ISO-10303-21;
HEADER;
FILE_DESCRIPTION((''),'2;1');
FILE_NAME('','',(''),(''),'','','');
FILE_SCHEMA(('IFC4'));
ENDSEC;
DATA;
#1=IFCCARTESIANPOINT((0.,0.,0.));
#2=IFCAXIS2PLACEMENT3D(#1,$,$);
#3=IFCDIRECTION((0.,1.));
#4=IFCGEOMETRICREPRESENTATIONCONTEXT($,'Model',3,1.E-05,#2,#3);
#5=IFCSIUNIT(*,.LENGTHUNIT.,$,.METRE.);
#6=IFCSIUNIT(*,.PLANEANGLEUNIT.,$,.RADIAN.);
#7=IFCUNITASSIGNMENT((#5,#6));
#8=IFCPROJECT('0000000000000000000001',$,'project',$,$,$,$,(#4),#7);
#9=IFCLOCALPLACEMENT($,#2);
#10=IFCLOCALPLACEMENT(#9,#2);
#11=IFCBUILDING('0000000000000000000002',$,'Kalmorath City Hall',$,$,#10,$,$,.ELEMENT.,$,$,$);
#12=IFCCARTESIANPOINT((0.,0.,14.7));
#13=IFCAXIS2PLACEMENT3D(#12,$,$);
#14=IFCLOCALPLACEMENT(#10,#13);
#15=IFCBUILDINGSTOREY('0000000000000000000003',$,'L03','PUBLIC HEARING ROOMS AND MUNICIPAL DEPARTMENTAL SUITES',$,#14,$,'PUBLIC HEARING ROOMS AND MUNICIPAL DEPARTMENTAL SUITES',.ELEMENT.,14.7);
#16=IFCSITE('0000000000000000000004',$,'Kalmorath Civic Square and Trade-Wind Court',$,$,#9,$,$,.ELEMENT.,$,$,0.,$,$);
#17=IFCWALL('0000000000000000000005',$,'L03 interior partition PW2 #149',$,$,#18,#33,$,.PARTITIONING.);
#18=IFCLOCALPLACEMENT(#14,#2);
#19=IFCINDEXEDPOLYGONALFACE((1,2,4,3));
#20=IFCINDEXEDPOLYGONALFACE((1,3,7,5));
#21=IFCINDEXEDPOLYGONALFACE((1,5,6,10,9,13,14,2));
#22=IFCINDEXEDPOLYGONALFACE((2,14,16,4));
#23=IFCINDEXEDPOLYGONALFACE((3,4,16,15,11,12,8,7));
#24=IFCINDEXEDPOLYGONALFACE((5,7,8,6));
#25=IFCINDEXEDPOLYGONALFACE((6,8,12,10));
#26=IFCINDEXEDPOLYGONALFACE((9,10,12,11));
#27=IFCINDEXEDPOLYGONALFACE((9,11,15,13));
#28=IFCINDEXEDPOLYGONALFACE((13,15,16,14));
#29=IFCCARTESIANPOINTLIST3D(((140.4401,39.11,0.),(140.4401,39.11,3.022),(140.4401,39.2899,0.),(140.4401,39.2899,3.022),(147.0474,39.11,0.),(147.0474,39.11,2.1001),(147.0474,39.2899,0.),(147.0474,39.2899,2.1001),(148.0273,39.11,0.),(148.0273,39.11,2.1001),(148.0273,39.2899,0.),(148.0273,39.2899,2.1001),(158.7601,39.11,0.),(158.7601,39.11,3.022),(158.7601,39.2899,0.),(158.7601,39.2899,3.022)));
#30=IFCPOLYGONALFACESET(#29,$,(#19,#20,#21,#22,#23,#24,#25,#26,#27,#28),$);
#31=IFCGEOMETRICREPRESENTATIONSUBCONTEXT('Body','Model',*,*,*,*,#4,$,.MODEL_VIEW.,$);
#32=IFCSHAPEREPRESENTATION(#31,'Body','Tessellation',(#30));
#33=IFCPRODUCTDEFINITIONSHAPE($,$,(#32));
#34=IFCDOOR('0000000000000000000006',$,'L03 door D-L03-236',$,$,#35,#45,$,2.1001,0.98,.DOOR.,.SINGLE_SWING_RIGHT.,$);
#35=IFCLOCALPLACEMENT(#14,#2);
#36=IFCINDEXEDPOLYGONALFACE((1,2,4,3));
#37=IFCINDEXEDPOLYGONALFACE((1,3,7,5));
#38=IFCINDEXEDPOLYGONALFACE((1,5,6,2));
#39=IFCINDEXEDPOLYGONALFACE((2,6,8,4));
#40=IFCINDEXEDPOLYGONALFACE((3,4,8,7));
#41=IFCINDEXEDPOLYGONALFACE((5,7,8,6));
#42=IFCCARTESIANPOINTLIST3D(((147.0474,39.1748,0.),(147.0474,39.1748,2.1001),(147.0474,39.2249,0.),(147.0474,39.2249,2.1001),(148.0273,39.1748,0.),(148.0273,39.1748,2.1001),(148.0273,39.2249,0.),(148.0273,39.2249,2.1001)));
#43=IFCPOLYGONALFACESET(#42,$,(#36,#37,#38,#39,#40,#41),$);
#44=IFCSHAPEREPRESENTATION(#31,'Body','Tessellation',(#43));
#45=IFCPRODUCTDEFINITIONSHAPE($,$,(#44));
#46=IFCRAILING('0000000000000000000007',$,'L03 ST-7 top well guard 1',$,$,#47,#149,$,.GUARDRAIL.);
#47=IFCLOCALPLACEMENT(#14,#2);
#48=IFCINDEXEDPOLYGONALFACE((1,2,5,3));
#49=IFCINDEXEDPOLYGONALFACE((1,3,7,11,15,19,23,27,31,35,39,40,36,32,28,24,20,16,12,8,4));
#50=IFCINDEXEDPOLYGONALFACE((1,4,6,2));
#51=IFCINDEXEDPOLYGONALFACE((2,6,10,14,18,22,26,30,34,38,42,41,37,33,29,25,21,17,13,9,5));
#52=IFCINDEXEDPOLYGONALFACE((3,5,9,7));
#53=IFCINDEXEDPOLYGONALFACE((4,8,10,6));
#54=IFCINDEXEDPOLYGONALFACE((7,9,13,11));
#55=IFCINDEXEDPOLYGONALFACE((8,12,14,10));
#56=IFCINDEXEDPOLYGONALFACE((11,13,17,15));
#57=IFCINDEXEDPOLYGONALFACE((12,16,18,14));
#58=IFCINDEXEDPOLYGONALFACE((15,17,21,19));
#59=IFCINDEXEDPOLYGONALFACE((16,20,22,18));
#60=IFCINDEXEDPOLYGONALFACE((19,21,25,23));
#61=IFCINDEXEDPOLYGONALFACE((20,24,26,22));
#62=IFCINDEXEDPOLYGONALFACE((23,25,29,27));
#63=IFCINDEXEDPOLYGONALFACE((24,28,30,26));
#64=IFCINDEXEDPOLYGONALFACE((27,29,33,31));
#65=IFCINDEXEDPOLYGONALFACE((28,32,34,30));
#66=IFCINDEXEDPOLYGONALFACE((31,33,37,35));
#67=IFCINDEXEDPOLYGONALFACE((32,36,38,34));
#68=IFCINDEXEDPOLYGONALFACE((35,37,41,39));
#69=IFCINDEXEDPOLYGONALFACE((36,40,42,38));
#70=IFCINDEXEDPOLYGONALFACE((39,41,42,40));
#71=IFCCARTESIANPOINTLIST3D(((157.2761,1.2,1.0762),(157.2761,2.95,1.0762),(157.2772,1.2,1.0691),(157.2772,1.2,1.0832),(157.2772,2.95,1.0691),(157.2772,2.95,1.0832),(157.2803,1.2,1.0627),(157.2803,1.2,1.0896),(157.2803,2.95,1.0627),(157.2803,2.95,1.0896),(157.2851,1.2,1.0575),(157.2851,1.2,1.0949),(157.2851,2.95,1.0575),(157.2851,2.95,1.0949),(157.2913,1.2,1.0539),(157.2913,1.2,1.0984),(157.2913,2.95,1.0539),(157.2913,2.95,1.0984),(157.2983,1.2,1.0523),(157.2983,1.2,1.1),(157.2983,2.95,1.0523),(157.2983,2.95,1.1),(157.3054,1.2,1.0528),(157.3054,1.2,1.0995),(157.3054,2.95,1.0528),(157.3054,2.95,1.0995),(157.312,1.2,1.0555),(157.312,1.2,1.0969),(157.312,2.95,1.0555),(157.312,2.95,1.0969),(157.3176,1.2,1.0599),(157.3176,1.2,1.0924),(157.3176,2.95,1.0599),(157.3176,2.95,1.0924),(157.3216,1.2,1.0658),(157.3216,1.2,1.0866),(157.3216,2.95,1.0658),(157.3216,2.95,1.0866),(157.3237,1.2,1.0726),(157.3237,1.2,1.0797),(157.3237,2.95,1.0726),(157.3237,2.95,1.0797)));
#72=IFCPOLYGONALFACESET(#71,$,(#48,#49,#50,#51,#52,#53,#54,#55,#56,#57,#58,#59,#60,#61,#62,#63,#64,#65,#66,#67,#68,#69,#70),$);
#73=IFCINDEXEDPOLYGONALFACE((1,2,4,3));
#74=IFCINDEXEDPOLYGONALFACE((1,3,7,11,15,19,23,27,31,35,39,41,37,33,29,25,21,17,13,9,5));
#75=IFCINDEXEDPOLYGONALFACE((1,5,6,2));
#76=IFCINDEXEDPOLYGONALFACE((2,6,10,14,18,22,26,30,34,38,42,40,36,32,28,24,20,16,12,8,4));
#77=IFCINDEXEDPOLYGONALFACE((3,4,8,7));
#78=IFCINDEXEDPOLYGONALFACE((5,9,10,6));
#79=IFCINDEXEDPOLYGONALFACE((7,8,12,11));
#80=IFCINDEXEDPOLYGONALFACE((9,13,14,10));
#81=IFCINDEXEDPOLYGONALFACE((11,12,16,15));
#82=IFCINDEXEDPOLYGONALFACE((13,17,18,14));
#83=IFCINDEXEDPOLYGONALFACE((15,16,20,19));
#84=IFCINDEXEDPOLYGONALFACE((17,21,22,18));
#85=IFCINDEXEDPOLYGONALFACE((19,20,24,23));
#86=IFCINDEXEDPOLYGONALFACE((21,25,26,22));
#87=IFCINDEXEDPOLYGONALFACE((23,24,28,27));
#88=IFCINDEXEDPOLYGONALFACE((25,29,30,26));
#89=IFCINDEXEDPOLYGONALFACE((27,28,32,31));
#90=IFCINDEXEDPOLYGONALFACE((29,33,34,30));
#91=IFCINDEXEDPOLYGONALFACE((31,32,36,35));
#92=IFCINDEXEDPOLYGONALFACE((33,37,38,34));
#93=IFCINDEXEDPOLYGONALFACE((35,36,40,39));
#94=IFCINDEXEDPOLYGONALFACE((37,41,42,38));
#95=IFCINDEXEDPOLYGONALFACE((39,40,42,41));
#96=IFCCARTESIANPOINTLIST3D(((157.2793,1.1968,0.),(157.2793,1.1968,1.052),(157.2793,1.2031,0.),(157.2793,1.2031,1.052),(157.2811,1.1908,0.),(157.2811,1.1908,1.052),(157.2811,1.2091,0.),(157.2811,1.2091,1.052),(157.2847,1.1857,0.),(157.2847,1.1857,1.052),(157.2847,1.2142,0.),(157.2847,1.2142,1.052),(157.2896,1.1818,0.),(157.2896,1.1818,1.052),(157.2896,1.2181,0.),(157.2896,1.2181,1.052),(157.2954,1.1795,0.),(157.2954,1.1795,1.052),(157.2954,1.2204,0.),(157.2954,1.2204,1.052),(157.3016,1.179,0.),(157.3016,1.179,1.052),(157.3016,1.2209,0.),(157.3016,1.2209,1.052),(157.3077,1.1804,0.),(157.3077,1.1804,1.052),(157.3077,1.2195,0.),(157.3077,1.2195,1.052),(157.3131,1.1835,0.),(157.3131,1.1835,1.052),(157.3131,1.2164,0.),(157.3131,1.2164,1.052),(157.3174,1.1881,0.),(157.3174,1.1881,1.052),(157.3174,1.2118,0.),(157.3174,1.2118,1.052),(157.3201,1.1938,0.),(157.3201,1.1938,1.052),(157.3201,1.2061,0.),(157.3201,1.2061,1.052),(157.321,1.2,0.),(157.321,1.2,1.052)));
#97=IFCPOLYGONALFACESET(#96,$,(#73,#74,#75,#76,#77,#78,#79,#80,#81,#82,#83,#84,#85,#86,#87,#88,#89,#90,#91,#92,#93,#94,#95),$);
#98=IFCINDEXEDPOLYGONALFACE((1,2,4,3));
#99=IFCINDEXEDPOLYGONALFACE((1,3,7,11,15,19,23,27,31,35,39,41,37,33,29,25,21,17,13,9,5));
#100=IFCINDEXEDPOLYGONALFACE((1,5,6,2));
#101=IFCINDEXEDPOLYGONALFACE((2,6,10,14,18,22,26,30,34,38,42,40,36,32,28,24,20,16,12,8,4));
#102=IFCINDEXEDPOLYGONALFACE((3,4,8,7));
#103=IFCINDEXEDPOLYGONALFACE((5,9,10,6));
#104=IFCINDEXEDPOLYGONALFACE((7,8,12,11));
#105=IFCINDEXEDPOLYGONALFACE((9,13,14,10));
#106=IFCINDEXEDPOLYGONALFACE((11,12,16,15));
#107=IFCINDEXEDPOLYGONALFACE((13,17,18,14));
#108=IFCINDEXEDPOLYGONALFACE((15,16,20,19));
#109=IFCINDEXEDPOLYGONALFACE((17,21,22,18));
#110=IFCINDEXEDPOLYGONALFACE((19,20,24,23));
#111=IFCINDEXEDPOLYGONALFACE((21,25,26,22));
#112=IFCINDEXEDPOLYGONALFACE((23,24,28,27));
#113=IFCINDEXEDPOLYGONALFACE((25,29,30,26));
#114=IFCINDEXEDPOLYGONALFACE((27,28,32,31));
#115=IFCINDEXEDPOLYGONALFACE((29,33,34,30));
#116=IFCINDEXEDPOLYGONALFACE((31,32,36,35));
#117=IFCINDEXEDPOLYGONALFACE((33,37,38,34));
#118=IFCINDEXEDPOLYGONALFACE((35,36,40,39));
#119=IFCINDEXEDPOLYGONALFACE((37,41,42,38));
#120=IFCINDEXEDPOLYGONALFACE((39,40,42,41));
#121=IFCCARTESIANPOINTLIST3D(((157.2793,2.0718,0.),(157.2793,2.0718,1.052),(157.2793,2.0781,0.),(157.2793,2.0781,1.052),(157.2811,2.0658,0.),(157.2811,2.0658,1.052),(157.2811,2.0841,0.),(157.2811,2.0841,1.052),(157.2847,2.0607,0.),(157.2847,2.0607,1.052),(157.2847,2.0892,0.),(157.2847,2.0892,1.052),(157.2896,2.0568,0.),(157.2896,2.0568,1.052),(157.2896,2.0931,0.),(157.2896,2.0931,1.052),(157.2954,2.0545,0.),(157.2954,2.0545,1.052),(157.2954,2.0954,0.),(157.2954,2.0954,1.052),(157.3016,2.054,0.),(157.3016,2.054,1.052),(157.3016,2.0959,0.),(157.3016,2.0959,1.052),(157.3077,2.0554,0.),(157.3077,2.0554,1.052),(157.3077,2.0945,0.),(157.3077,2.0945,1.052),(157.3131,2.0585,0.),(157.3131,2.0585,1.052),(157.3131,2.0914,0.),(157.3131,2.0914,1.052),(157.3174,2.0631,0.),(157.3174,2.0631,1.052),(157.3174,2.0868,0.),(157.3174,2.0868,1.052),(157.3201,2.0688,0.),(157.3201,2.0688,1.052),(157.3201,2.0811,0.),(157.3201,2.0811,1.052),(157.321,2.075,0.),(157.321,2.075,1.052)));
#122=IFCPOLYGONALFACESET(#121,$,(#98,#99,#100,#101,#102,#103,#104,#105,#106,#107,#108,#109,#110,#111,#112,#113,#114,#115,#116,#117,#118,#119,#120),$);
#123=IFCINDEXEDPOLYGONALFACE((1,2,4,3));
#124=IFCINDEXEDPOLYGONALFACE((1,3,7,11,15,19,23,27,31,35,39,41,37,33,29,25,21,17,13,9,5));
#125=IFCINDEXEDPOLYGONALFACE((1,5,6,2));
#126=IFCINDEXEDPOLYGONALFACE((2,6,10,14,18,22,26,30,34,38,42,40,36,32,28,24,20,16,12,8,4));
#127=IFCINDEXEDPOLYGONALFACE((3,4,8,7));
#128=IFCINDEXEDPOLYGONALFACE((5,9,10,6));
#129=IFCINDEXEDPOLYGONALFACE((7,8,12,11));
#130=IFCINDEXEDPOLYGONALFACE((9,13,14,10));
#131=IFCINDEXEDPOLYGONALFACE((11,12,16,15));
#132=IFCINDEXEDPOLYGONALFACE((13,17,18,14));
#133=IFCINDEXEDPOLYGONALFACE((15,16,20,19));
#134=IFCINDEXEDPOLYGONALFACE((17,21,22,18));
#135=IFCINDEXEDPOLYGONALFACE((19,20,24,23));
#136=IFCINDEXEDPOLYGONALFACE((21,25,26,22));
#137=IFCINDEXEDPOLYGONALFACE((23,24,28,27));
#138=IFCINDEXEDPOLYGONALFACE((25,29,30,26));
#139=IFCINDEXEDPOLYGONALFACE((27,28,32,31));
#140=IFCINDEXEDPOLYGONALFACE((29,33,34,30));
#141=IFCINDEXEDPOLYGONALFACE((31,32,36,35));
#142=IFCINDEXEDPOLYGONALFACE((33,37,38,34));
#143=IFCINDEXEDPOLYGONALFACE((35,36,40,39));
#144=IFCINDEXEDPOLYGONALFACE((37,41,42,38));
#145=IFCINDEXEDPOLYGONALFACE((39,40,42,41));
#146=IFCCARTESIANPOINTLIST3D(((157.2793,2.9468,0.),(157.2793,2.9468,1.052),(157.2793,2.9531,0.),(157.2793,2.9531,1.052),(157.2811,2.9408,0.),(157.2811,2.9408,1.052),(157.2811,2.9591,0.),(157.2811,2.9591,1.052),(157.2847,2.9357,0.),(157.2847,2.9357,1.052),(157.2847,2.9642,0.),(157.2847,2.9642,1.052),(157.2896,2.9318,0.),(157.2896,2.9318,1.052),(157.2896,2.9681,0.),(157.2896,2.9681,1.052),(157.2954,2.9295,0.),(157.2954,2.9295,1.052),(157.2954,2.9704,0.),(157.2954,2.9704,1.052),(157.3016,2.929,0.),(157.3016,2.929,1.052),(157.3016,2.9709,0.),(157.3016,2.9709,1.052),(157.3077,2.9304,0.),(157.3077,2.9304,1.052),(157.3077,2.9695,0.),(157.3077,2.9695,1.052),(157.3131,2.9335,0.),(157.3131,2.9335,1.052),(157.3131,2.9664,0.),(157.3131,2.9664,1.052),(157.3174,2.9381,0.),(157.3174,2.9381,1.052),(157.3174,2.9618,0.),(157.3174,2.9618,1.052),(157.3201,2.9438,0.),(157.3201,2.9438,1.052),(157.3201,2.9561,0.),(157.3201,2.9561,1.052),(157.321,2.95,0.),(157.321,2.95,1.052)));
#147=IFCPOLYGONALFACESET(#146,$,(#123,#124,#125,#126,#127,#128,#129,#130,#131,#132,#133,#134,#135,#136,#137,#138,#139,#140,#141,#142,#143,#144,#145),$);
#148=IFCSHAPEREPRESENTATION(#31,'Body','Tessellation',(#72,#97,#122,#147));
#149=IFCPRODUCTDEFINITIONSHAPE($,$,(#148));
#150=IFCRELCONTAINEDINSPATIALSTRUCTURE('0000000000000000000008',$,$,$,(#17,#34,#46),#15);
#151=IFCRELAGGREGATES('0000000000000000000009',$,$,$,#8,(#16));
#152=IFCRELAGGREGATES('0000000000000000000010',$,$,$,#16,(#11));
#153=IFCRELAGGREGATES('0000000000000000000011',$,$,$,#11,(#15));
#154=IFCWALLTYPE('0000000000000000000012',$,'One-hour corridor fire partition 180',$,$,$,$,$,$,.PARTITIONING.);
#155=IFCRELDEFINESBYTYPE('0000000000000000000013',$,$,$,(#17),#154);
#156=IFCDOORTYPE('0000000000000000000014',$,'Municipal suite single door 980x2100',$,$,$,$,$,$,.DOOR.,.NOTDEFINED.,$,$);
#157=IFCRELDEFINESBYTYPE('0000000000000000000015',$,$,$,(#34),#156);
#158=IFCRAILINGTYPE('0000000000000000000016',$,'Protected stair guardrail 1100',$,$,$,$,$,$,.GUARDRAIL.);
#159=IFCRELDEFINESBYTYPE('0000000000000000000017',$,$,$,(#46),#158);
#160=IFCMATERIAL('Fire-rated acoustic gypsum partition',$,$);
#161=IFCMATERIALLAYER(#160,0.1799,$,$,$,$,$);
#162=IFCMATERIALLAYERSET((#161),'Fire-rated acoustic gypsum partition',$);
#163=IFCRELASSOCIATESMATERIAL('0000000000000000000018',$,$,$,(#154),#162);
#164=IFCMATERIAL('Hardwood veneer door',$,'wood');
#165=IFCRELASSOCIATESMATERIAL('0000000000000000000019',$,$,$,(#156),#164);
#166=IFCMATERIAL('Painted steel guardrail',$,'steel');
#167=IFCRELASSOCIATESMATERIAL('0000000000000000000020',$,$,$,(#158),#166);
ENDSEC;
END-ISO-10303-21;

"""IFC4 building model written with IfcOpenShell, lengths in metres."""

from ifc_helpers import new_model, si_unit, direction, frame, frame_2d, origin, origin_2d, place, context, subcontext, project, spatial, rectangle, circle, extrude, material, layer, layer_set, type_object, element, fill, save


model = new_model("IFC4")

# Units and contexts
model_context = context("Model", 3, precision=1e-05, world=origin(), true_north=direction((0.0, 1.0)))
body_context = subcontext(model_context, "Body", "Model", "MODEL_VIEW")
ifc_project = project(units=[si_unit("LENGTHUNIT", "METRE"), si_unit("PLANEANGLEUNIT", "RADIAN")], contexts=[model_context])

# Site, building, storey
site_placement = place(None, origin())
site = spatial("IfcSite", under=ifc_project, at=site_placement, Name="Kalmorath Civic Square and Trade-Wind Court", CompositionType="ELEMENT", RefElevation=0.0)
building_placement = place(site_placement, origin())
building = spatial("IfcBuilding", under=site, at=building_placement, Name="Kalmorath City Hall", CompositionType="ELEMENT")
storey_placement = place(building_placement, frame((0.0, 0.0, 14.7)))
storey = spatial("IfcBuildingStorey", under=building, at=storey_placement, Name="L03", Description="PUBLIC HEARING ROOMS AND MUNICIPAL DEPARTMENTAL SUITES", LongName="PUBLIC HEARING ROOMS AND MUNICIPAL DEPARTMENTAL SUITES", CompositionType="ELEMENT", Elevation=14.7)

# Wall, opening, door
ifc_material_1 = material(Name="Fire-rated acoustic gypsum partition")
ifc_layer_1 = layer(ifc_material_1, 0.1799)
ifc_layer_set_1 = layer_set([ifc_layer_1], Name="Fire-rated acoustic gypsum partition")
wall_type_1 = type_object("IfcWallType", Name="One-hour corridor fire partition 180", PredefinedType="PARTITIONING", material=ifc_layer_set_1)
wall_1_placement = place(storey_placement, frame((140.4399, 39.2, 0.0), z_axis=(0.0, 0.0, 1.0), x_axis=(1.0, 0.0, 0.0)))
wall_1 = element("IfcWall", 1, at=wall_1_placement, inside=storey, type_object=wall_type_1, Name="L03 interior partition PW2 #149", PredefinedType="PARTITIONING", context=body_context, shape_type="SweptSolid", body=[
    extrude(rectangle(XDim=18.3201, YDim=0.1799, at=frame_2d((9.1602, 0.0))), origin(), (0.0, 0.0, 1.0), 3.022),
])
opening_1_placement = place(wall_1_placement, frame((6.6074, 0.0, 0.0)))
opening_1 = element("IfcOpeningElement", 2, at=opening_1_placement, cuts=wall_1, PredefinedType="OPENING", context=body_context, shape_type="SweptSolid", body=[
    extrude(rectangle(XDim=0.98, YDim=2.1001, at=frame_2d((0.49, 1.05))), frame((0.0, 0.0999, 0.0), z_axis=(0.0, -1.0, 0.0), x_axis=(1.0, 0.0, 0.0)), (0.0, 0.0, 1.0), 0.2),
])
ifc_material_2 = material(Name="Hardwood veneer door", Category="wood")
door_type_1 = type_object("IfcDoorType", Name="Municipal suite single door 980x2100", OperationType="NOTDEFINED", PredefinedType="DOOR", material=ifc_material_2)
door_1_placement = place(opening_1_placement, origin())
door_1 = element("IfcDoor", 3, at=door_1_placement, inside=storey, type_object=door_type_1, Name="L03 door D-L03-236", OperationType="SINGLE_SWING_RIGHT", OverallHeight=2.1001, OverallWidth=0.98, PredefinedType="DOOR", context=body_context, shape_type="SweptSolid", body=[
    extrude(rectangle(XDim=0.98, YDim=2.1001, at=frame_2d((0.49, 1.05))), frame((0.0, 0.0249, 0.0), z_axis=(0.0, -1.0, 0.0), x_axis=(1.0, 0.0, 0.0)), (0.0, 0.0, 1.0), 0.05),
])
fill(opening_1, door_1)

# Railing
ifc_material_3 = material(Name="Painted steel guardrail", Category="steel")
railing_type = type_object("IfcRailingType", Name="Protected stair guardrail 1100", PredefinedType="GUARDRAIL", material=ifc_material_3)
railing_placement = place(storey_placement, frame((157.3, 1.2, 0.0)))
element("IfcRailing", 4, at=railing_placement, inside=storey, type_object=railing_type, Name="L03 ST-7 top well guard 1", PredefinedType="GUARDRAIL", context=body_context, shape_type="SweptSolid", body=[
    extrude(circle(Radius=0.0239, at=origin_2d()), frame((0.0, 0.0, 1.0762), z_axis=(0.0, 1.0, 0.0), x_axis=(-1.0, 0.0, 0.0)), (0.0, 0.0, 1.0), 1.75),
    extrude(circle(Radius=0.021, at=origin_2d()), origin(), (0.0, 0.0, 1.0), 1.052),
    extrude(circle(Radius=0.021, at=origin_2d()), frame((0.0, 0.875, 0.0)), (0.0, 0.0, 1.0), 1.052),
    extrude(circle(Radius=0.021, at=origin_2d()), frame((0.0, 1.75, 0.0)), (0.0, 0.0, 1.0), 1.052),
])

save(model, "model.ifc")
